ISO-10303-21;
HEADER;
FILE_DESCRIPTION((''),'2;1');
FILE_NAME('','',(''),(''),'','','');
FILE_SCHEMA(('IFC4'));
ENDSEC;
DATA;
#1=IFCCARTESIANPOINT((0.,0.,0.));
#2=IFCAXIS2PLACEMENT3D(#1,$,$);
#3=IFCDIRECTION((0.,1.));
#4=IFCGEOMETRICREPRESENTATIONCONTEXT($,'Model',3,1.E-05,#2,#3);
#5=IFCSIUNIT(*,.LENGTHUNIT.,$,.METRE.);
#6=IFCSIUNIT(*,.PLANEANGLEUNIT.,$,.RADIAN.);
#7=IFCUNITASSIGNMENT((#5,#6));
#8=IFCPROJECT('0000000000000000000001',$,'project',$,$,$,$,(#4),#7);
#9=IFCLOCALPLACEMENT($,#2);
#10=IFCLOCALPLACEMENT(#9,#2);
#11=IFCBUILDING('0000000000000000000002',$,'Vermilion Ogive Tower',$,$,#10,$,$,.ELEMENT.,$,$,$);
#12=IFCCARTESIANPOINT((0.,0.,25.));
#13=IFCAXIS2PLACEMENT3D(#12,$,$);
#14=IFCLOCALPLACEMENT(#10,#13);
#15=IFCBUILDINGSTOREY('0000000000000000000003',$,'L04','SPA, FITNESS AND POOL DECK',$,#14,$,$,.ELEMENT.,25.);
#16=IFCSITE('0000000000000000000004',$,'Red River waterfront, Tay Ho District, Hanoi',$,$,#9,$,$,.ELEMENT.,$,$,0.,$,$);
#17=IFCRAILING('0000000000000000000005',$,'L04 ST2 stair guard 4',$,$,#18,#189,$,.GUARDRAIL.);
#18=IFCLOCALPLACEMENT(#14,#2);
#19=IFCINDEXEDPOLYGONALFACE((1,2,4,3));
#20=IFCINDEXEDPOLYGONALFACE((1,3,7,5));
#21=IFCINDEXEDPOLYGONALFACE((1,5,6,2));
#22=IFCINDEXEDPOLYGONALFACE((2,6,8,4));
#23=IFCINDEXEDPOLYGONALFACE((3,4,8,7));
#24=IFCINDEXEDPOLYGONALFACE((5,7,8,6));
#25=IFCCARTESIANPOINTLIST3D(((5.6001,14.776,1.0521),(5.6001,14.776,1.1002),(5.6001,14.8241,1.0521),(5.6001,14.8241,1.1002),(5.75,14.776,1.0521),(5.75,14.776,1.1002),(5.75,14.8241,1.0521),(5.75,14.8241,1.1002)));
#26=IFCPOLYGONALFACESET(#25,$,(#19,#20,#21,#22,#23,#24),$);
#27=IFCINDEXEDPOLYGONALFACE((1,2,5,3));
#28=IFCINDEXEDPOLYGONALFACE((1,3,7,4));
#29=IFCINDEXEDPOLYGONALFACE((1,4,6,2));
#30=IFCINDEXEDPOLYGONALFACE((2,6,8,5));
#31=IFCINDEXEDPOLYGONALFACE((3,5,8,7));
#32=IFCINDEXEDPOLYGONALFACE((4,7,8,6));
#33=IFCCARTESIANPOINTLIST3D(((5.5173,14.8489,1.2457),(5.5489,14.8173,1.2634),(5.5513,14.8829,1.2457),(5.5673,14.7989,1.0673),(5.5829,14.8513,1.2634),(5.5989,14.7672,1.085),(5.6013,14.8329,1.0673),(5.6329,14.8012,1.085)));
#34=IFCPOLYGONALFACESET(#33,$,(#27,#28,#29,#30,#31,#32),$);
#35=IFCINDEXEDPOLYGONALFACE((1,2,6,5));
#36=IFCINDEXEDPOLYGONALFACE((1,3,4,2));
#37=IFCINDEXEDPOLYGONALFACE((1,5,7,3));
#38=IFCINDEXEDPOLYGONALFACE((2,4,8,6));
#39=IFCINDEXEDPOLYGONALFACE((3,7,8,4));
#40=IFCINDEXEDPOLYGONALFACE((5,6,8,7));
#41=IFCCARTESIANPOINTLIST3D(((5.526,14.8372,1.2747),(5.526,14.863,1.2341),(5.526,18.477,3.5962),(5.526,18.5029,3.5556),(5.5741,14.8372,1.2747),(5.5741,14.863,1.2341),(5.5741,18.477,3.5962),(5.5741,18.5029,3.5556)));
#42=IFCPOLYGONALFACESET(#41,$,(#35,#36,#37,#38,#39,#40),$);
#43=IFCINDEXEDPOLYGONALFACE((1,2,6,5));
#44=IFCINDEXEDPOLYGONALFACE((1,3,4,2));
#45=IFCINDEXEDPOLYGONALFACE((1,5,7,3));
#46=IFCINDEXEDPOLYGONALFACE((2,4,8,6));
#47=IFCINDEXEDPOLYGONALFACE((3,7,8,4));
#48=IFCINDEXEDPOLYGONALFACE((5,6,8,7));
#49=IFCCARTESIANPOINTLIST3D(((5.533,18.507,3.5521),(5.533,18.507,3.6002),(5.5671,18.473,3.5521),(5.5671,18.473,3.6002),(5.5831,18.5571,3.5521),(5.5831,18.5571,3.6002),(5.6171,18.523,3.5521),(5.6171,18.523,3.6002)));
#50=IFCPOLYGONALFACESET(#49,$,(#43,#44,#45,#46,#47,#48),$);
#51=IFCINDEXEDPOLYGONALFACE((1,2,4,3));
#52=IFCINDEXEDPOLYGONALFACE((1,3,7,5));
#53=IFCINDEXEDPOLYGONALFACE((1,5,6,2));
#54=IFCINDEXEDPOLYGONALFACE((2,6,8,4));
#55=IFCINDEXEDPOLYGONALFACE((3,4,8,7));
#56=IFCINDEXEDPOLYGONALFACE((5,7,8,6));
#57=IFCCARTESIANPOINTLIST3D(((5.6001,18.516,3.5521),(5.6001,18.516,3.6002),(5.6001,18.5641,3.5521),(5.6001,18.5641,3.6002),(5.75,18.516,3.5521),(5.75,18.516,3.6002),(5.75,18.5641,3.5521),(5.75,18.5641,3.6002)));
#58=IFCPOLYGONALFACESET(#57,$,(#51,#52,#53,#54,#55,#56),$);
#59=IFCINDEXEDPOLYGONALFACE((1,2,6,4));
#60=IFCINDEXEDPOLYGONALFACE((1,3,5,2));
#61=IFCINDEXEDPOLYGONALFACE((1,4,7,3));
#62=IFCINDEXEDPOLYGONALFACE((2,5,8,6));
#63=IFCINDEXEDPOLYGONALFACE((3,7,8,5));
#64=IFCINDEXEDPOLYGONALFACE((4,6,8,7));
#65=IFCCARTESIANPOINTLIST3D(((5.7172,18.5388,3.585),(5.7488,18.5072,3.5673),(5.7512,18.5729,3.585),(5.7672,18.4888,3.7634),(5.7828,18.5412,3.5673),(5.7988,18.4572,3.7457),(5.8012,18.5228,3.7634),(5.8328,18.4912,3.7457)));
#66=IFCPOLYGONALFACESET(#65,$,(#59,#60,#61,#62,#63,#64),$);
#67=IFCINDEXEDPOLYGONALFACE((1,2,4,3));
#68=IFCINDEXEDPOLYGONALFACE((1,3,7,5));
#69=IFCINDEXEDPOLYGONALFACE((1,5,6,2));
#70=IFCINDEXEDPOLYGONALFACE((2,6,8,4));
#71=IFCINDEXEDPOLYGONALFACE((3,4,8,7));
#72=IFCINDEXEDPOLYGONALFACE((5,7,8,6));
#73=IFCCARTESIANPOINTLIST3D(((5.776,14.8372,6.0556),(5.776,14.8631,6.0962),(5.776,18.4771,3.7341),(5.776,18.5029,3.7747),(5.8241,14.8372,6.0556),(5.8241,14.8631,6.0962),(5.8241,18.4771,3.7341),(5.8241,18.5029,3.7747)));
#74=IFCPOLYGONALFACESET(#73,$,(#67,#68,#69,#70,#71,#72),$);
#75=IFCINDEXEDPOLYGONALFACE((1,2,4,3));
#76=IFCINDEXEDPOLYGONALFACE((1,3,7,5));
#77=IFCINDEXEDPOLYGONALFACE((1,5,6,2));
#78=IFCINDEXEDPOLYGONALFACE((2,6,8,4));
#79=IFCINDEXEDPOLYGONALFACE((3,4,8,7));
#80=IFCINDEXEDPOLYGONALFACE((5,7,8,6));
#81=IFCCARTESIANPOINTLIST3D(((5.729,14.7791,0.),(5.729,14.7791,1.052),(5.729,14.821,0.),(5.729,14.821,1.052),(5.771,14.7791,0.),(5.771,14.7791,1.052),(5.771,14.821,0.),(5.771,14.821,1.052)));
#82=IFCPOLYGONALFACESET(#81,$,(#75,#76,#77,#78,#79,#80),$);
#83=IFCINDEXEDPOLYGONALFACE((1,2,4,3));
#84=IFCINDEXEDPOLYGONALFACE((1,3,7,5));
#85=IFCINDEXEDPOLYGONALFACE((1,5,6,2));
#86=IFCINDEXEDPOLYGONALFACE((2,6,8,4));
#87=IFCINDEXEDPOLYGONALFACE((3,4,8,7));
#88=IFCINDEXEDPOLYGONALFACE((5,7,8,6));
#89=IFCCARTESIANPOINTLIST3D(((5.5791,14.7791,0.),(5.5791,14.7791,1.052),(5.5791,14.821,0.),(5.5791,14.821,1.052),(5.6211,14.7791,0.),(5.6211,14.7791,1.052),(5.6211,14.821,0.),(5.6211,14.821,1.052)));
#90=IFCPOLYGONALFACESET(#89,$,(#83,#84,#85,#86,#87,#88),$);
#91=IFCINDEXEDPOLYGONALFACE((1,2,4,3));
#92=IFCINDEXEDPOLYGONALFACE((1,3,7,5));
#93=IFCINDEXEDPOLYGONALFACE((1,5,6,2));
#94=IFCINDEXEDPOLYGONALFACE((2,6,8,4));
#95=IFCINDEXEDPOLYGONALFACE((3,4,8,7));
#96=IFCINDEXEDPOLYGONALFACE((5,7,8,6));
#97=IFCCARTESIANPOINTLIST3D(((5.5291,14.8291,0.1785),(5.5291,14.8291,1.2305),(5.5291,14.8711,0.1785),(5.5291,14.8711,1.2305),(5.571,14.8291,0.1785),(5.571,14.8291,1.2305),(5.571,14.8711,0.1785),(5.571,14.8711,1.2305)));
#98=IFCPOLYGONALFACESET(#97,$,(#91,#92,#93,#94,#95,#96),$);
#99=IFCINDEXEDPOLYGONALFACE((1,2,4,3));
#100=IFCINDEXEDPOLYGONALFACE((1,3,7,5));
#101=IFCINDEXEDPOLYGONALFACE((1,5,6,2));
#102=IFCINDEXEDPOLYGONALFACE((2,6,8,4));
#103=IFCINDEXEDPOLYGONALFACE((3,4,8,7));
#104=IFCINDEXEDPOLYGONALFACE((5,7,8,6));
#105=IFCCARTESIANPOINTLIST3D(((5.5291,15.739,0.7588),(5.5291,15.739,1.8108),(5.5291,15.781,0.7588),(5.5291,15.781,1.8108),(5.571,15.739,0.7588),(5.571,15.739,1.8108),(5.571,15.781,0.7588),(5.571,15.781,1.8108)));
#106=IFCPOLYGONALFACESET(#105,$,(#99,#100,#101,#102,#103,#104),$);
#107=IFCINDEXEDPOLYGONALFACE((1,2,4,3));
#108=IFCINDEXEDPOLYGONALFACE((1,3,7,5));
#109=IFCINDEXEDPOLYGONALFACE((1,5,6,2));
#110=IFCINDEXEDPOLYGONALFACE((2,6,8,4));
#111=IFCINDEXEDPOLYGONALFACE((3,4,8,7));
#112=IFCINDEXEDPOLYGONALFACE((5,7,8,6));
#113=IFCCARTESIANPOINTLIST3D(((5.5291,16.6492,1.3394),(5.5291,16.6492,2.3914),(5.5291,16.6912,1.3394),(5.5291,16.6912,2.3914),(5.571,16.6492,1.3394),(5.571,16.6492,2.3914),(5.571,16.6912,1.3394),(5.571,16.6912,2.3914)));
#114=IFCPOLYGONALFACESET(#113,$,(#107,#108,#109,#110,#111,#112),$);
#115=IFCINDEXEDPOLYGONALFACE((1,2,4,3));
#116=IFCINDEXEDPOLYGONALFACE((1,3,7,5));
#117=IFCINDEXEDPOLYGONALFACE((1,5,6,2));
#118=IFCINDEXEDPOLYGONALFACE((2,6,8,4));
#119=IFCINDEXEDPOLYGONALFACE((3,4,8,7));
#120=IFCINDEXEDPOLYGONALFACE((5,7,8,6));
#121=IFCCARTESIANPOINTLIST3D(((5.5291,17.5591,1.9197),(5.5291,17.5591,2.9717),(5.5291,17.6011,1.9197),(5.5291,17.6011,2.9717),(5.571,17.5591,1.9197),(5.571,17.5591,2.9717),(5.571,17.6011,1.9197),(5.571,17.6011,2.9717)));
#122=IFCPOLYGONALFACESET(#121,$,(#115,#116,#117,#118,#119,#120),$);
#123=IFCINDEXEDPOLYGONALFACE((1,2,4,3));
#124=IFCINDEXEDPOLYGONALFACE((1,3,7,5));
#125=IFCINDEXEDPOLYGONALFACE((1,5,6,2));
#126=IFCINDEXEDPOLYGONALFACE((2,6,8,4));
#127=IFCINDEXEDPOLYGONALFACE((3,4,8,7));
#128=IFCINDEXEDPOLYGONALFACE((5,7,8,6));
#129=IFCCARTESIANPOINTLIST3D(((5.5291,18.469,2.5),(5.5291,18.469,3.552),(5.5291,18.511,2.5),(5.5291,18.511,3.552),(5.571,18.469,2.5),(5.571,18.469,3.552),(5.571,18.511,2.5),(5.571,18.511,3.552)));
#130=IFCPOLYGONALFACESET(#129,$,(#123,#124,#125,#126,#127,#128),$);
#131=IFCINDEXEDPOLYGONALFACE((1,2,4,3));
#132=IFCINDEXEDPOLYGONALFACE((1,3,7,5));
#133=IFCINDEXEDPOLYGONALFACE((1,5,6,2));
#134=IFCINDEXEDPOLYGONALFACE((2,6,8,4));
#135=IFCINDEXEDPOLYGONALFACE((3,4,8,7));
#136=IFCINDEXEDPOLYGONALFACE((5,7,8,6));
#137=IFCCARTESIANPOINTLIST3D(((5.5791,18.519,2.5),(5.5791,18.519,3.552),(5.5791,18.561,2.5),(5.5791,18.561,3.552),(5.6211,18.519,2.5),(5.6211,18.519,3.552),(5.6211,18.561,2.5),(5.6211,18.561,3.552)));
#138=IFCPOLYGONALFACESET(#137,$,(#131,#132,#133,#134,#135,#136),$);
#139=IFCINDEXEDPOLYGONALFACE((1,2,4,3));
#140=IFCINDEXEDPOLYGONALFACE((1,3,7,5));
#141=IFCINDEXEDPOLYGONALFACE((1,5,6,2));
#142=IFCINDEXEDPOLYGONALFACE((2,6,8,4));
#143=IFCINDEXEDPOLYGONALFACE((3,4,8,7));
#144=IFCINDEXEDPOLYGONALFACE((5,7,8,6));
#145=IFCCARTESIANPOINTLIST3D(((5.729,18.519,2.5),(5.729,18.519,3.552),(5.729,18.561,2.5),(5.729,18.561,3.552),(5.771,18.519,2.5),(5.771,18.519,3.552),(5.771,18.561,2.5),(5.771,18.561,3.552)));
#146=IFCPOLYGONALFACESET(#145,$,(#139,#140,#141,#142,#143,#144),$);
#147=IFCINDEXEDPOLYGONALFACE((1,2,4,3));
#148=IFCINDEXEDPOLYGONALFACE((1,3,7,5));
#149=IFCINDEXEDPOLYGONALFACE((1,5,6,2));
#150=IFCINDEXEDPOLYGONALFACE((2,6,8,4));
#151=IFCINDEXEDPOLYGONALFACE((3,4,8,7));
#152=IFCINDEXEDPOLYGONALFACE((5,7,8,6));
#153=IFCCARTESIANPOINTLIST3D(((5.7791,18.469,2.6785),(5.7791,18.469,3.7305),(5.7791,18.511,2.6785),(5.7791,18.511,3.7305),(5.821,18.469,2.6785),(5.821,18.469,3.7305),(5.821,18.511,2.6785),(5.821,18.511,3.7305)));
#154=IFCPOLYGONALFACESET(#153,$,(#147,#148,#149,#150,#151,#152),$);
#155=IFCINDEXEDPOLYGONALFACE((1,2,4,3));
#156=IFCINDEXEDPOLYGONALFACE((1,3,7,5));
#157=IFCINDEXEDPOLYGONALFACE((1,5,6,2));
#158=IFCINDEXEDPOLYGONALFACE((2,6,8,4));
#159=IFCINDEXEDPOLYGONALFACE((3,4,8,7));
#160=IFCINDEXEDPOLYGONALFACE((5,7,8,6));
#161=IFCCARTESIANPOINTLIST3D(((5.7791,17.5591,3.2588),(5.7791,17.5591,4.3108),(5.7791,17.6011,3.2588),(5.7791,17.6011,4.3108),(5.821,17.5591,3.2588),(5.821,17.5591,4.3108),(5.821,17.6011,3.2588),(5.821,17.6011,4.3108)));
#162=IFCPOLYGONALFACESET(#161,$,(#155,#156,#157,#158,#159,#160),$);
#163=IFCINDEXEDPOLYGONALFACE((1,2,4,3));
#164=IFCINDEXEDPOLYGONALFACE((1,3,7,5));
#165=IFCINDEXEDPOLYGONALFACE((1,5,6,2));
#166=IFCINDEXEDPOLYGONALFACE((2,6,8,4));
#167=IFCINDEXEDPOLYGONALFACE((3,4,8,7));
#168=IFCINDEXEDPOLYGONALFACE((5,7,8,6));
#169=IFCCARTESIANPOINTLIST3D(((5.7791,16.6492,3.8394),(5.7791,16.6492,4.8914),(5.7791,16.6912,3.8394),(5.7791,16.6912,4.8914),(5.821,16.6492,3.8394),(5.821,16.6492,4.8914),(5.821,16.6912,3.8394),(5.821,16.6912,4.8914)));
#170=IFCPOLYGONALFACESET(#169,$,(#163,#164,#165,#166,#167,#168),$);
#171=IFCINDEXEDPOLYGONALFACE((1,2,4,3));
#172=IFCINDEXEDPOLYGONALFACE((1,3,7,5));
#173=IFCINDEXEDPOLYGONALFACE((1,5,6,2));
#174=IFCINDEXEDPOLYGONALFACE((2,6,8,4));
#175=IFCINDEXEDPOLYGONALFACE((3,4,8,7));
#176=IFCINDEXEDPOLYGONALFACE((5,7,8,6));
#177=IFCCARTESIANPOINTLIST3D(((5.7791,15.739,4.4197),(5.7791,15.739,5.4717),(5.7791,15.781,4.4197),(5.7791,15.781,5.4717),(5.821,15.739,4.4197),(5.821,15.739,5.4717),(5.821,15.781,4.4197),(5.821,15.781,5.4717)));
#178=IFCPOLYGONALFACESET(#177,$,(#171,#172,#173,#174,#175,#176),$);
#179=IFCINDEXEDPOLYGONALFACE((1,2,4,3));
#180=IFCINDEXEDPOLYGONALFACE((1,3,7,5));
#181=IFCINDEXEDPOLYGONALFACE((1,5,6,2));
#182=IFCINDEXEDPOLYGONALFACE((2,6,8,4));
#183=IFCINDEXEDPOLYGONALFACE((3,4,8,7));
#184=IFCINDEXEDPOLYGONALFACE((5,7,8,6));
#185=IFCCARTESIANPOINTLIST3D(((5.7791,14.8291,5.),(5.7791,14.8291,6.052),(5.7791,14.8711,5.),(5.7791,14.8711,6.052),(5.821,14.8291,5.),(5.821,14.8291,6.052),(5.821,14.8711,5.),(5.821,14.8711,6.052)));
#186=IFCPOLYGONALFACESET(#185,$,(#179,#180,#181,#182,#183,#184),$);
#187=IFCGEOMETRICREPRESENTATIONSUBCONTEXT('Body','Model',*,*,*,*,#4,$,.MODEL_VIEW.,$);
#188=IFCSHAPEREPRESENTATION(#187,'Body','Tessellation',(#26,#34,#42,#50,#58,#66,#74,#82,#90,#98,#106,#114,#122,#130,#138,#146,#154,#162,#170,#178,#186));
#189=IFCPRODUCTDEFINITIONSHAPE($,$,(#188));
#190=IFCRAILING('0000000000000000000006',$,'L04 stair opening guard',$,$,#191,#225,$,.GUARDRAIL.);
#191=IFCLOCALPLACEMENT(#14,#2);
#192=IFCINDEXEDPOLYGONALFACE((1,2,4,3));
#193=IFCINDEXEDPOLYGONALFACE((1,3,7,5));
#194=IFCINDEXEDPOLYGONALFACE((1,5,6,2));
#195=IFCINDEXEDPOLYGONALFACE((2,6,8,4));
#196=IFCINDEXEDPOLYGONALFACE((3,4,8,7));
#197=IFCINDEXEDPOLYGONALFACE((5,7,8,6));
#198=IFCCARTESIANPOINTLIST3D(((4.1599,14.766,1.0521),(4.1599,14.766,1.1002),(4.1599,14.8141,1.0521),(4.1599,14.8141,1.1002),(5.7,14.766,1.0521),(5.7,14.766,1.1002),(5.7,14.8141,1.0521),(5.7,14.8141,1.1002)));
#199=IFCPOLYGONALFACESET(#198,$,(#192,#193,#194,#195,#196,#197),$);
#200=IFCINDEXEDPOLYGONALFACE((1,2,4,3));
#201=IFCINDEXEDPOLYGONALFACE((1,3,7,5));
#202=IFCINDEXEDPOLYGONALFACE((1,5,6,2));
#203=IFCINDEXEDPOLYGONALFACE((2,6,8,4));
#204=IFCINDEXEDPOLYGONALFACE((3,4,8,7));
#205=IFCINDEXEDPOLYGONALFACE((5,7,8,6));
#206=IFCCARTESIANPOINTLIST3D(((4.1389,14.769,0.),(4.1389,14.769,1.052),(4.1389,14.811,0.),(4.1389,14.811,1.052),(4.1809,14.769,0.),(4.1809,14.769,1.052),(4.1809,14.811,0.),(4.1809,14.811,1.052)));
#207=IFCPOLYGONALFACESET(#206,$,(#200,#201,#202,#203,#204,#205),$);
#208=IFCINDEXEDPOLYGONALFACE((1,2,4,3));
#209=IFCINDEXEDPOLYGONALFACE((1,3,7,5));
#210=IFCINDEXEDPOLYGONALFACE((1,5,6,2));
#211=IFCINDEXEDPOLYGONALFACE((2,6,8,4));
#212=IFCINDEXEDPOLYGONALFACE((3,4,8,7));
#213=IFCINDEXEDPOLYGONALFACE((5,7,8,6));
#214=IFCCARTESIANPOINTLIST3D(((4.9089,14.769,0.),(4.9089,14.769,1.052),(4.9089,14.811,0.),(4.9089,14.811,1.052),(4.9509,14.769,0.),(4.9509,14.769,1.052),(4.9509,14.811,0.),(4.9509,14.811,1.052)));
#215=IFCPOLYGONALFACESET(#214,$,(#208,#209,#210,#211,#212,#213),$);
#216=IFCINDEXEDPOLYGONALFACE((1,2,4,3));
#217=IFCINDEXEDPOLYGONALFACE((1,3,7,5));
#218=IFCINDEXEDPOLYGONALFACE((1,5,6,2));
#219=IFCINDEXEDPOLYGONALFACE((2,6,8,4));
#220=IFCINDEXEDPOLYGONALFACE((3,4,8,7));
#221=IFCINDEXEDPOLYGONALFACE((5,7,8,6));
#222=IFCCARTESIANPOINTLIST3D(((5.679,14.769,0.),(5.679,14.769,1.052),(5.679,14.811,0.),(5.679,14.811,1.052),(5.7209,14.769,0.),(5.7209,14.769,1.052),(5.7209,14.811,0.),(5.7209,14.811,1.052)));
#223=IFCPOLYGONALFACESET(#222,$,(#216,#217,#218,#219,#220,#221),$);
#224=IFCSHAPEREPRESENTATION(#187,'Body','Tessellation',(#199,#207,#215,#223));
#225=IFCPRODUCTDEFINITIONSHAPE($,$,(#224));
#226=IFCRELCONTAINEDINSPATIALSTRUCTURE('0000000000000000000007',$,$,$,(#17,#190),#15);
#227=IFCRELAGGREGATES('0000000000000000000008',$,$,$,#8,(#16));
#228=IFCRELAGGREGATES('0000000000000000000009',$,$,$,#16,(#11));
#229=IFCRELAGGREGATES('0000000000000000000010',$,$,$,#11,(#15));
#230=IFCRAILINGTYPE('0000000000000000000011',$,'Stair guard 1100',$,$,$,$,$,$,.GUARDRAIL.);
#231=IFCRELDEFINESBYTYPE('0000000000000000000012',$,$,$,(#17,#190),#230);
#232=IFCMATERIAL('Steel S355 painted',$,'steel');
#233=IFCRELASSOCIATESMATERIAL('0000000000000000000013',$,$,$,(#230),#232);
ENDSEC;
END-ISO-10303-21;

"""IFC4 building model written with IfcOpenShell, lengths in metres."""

from ifc_helpers import new_model, si_unit, direction, frame, origin, origin_2d, place, context, subcontext, project, spatial, rectangle, extrude, material, type_object, element, save


model = new_model("IFC4")

# Units and contexts
model_context = context("Model", 3, precision=1e-05, world=origin(), true_north=direction((0.0, 1.0)))
body_context = subcontext(model_context, "Body", "Model", "MODEL_VIEW")
ifc_project = project(units=[si_unit("LENGTHUNIT", "METRE"), si_unit("PLANEANGLEUNIT", "RADIAN")], contexts=[model_context])

# Site, building, storey
site_placement = place(None, origin())
site = spatial("IfcSite", under=ifc_project, at=site_placement, Name="Red River waterfront, Tay Ho District, Hanoi", CompositionType="ELEMENT", RefElevation=0.0)
building_placement = place(site_placement, origin())
building = spatial("IfcBuilding", under=site, at=building_placement, Name="Vermilion Ogive Tower", CompositionType="ELEMENT")
storey_placement = place(building_placement, frame((0.0, 0.0, 25.0)))
storey = spatial("IfcBuildingStorey", under=building, at=storey_placement, Name="L04", Description="SPA, FITNESS AND POOL DECK", CompositionType="ELEMENT", Elevation=25.0)

# Railings
ifc_material_1 = material(Name="Steel S355 painted", Category="steel")
railing_type_1 = type_object("IfcRailingType", Name="Stair guard 1100", PredefinedType="GUARDRAIL", material=ifc_material_1)
railing_1_placement = place(storey_placement, frame((5.75, 14.8, 0.0)))
element("IfcRailing", 1, at=railing_1_placement, inside=storey, type_object=railing_type_1, Name="L04 ST2 stair guard 4", PredefinedType="GUARDRAIL", context=body_context, shape_type="SweptSolid", body=[
    extrude(rectangle(XDim=0.0481, YDim=0.0481, at=origin_2d()), frame((0.0, 0.0, 1.0762), z_axis=(-1.0, 0.0, 0.0), x_axis=(0.0, -1.0, 0.0)), (0.0, 0.0, 1.0), 0.1499),
    extrude(rectangle(XDim=0.0481, YDim=0.0481, at=origin_2d()), frame((-0.1499, 0.0, 1.0762), z_axis=(-0.260685, 0.260685, 0.929563), x_axis=(-0.707107, -0.707107, 0.0)), (0.0, 0.0, 1.0), 0.1919),
    extrude(rectangle(XDim=0.0481, YDim=0.0481, at=origin_2d()), frame((-0.2, 0.05, 1.2544), z_axis=(0.0, 0.843112, 0.537739), x_axis=(-1.0, 0.0, 0.0)), (0.0, 0.0, 1.0), 4.3171),
    extrude(rectangle(XDim=0.0481, YDim=0.0481, at=origin_2d()), frame((-0.2, 3.6899, 3.5762), z_axis=(0.707107, 0.707107, 0.0), x_axis=(-0.707107, 0.707107, 0.0)), (0.0, 0.0, 1.0), 0.0708),
    extrude(rectangle(XDim=0.0481, YDim=0.0481, at=origin_2d()), frame((-0.1499, 3.74, 3.5762), z_axis=(1.0, 0.0, 0.0), x_axis=(0.0, 1.0, 0.0)), (0.0, 0.0, 1.0), 0.1499),
    extrude(rectangle(XDim=0.0481, YDim=0.0481, at=origin_2d()), frame((0.0, 3.74, 3.5762), z_axis=(0.260685, -0.260685, 0.929563), x_axis=(0.707107, 0.707107, 0.0)), (0.0, 0.0, 1.0), 0.1919),
    extrude(rectangle(XDim=0.0481, YDim=0.0481, at=origin_2d()), frame((0.05, 3.6899, 3.7544), z_axis=(0.0, -0.843112, 0.537739), x_axis=(1.0, 0.0, 0.0)), (0.0, 0.0, 1.0), 4.3171),
    extrude(rectangle(XDim=0.042, YDim=0.042, at=origin_2d()), origin(), (0.0, 0.0, 1.0), 1.052),
    extrude(rectangle(XDim=0.042, YDim=0.042, at=origin_2d()), frame((-0.1499, 0.0, 0.0)), (0.0, 0.0, 1.0), 1.052),
    extrude(rectangle(XDim=0.042, YDim=0.042, at=origin_2d()), frame((-0.2, 0.05, 0.1785)), (0.0, 0.0, 1.0), 1.052),
    extrude(rectangle(XDim=0.042, YDim=0.042, at=origin_2d()), frame((-0.2, 0.96, 0.7588)), (0.0, 0.0, 1.0), 1.052),
    extrude(rectangle(XDim=0.042, YDim=0.042, at=origin_2d()), frame((-0.2, 1.8701, 1.3394)), (0.0, 0.0, 1.0), 1.052),
    extrude(rectangle(XDim=0.042, YDim=0.042, at=origin_2d()), frame((-0.2, 2.78, 1.9197)), (0.0, 0.0, 1.0), 1.052),
    extrude(rectangle(XDim=0.042, YDim=0.042, at=origin_2d()), frame((-0.2, 3.6899, 2.5)), (0.0, 0.0, 1.0), 1.052),
    extrude(rectangle(XDim=0.042, YDim=0.042, at=origin_2d()), frame((-0.1499, 3.74, 2.5)), (0.0, 0.0, 1.0), 1.052),
    extrude(rectangle(XDim=0.042, YDim=0.042, at=origin_2d()), frame((0.0, 3.74, 2.5)), (0.0, 0.0, 1.0), 1.052),
    extrude(rectangle(XDim=0.042, YDim=0.042, at=origin_2d()), frame((0.05, 3.6899, 2.6785)), (0.0, 0.0, 1.0), 1.052),
    extrude(rectangle(XDim=0.042, YDim=0.042, at=origin_2d()), frame((0.05, 2.78, 3.2588)), (0.0, 0.0, 1.0), 1.052),
    extrude(rectangle(XDim=0.042, YDim=0.042, at=origin_2d()), frame((0.05, 1.8701, 3.8394)), (0.0, 0.0, 1.0), 1.052),
    extrude(rectangle(XDim=0.042, YDim=0.042, at=origin_2d()), frame((0.05, 0.96, 4.4197)), (0.0, 0.0, 1.0), 1.052),
    extrude(rectangle(XDim=0.042, YDim=0.042, at=origin_2d()), frame((0.05, 0.05, 5.0)), (0.0, 0.0, 1.0), 1.052),
])
railing_2_placement = place(storey_placement, frame((4.1599, 14.79, 0.0)))
element("IfcRailing", 2, at=railing_2_placement, inside=storey, type_object=railing_type_1, Name="L04 stair opening guard", PredefinedType="GUARDRAIL", context=body_context, shape_type="SweptSolid", body=[
    extrude(rectangle(XDim=0.0481, YDim=0.0481, at=origin_2d()), frame((0.0, 0.0, 1.0762), z_axis=(1.0, 0.0, 0.0), x_axis=(0.0, 1.0, 0.0)), (0.0, 0.0, 1.0), 1.54),
    extrude(rectangle(XDim=0.042, YDim=0.042, at=origin_2d()), origin(), (0.0, 0.0, 1.0), 1.052),
    extrude(rectangle(XDim=0.042, YDim=0.042, at=origin_2d()), frame((0.77, 0.0, 0.0)), (0.0, 0.0, 1.0), 1.052),
    extrude(rectangle(XDim=0.042, YDim=0.042, at=origin_2d()), frame((1.54, 0.0, 0.0)), (0.0, 0.0, 1.0), 1.052),
])

save(model, "model.ifc")
